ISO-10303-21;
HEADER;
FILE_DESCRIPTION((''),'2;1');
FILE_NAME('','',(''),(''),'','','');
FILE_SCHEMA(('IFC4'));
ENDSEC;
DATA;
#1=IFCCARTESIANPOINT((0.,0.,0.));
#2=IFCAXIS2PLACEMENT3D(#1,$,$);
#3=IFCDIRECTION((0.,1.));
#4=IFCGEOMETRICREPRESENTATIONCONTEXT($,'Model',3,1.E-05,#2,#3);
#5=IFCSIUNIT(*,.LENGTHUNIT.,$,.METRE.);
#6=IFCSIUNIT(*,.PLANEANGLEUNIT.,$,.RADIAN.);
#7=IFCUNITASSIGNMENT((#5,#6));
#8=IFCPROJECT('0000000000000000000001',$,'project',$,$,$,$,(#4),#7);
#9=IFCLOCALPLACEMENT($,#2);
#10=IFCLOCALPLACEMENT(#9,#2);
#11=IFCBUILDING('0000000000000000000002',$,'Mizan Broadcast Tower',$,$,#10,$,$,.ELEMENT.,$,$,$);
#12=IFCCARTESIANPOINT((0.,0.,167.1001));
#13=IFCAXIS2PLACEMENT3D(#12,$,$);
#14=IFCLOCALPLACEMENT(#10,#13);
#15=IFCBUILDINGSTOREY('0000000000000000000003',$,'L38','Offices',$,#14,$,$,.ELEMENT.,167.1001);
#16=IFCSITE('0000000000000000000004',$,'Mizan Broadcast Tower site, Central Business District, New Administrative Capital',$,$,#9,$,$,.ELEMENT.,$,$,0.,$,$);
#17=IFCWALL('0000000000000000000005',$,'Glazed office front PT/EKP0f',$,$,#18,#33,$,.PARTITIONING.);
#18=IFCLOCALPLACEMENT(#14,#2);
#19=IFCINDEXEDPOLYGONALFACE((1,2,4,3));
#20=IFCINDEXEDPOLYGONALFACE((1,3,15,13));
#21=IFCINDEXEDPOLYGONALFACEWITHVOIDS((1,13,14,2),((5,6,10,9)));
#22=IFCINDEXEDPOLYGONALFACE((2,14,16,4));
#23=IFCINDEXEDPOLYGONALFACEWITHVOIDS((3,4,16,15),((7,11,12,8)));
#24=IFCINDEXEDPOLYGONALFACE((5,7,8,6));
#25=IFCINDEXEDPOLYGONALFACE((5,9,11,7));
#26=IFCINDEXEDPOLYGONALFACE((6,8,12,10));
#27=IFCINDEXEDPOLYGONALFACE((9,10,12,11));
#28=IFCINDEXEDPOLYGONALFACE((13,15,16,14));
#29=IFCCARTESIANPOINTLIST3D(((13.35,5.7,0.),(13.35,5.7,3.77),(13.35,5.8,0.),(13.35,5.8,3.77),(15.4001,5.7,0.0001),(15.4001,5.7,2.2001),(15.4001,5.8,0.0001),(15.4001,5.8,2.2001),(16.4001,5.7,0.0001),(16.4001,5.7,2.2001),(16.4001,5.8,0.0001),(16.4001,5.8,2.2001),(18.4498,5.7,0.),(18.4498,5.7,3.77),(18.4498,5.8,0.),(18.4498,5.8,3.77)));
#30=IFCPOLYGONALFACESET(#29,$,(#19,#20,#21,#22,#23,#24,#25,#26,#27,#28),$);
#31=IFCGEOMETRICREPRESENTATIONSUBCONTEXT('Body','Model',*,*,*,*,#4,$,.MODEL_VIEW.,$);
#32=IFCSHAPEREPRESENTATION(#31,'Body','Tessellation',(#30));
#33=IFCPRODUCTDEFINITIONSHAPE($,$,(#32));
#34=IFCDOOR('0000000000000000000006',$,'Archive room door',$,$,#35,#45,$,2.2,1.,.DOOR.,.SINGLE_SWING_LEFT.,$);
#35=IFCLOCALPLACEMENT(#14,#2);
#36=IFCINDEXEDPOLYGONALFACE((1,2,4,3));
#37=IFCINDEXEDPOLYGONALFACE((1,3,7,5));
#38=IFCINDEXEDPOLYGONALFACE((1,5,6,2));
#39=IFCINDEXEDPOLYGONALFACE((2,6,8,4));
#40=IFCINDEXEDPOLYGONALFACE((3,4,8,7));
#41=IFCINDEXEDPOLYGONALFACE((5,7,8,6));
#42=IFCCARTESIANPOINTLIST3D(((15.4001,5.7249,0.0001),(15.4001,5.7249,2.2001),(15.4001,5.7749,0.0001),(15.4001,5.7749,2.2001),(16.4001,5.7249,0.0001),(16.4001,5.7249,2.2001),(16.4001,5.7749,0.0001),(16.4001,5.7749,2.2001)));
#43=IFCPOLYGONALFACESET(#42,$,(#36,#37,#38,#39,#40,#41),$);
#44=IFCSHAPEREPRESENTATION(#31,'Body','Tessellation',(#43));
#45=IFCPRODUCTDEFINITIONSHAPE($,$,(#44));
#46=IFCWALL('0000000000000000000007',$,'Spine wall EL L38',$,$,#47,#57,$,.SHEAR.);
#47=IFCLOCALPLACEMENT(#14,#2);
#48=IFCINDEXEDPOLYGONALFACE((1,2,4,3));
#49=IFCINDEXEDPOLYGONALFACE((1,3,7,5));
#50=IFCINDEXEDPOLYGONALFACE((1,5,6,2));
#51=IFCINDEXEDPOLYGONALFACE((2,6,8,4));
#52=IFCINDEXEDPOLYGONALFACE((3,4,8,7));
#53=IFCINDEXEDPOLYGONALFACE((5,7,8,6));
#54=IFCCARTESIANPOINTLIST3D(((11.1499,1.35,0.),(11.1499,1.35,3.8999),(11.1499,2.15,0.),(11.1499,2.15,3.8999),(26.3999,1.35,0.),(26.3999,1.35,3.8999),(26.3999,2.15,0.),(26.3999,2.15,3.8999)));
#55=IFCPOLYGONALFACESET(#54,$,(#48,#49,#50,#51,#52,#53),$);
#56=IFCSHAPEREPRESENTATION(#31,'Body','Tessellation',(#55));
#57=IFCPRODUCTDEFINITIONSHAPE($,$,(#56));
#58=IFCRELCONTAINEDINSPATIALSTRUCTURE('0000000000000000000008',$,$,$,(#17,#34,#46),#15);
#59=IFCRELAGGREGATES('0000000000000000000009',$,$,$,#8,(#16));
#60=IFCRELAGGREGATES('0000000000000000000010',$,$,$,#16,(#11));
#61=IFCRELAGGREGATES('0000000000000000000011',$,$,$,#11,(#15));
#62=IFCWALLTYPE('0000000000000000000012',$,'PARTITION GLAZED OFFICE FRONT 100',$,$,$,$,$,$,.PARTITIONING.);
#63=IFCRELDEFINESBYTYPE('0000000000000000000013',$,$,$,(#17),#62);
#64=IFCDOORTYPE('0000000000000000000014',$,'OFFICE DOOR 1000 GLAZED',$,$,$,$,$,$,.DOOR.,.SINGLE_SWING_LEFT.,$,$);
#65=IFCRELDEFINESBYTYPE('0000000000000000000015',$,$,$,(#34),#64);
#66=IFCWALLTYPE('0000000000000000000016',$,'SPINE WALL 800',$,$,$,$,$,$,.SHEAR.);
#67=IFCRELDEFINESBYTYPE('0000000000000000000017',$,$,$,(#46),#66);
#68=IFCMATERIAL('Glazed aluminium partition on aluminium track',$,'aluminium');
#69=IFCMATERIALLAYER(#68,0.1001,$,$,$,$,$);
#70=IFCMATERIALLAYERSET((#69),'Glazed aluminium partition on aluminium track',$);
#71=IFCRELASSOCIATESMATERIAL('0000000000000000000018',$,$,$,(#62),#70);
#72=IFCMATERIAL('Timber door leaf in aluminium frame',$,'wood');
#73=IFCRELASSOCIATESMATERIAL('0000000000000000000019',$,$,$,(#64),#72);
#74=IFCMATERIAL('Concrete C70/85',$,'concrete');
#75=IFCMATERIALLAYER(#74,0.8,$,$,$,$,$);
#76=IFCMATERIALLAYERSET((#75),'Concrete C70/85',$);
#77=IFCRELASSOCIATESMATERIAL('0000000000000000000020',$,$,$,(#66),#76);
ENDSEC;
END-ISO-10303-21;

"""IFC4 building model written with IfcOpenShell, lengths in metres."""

from ifc_helpers import new_model, si_unit, direction, frame, frame_2d, origin, place, context, subcontext, project, spatial, rectangle, extrude, material, layer, layer_set, type_object, element, fill, save


model = new_model("IFC4")

# Units and contexts
model_context = context("Model", 3, precision=1e-05, world=origin(), true_north=direction((0.0, 1.0)))
body_context = subcontext(model_context, "Body", "Model", "MODEL_VIEW")
ifc_project = project(units=[si_unit("LENGTHUNIT", "METRE"), si_unit("PLANEANGLEUNIT", "RADIAN")], contexts=[model_context])

# Site, building, storey
site_placement = place(None, origin())
site = spatial("IfcSite", under=ifc_project, at=site_placement, Name="Mizan Broadcast Tower site, Central Business District, New Administrative Capital", CompositionType="ELEMENT", RefElevation=0.0)
building_placement = place(site_placement, origin())
building = spatial("IfcBuilding", under=site, at=building_placement, Name="Mizan Broadcast Tower", CompositionType="ELEMENT")
storey_placement = place(building_placement, frame((0.0, 0.0, 167.1001)))
storey = spatial("IfcBuildingStorey", under=building, at=storey_placement, Name="L38", Description="Offices", CompositionType="ELEMENT", Elevation=167.1001)

# Shared definitions
ifc_material_1 = material(Name="Glazed aluminium partition on aluminium track", Category="aluminium")
ifc_layer_1 = layer(ifc_material_1, 0.1001)
ifc_layer_set_1 = layer_set([ifc_layer_1], Name="Glazed aluminium partition on aluminium track")
wall_type_1 = type_object("IfcWallType", Name="PARTITION GLAZED OFFICE FRONT 100", PredefinedType="PARTITIONING", material=ifc_layer_set_1)

# Wall, opening, door
wall_1_placement = place(storey_placement, frame((13.3501, 5.75, 0.0), z_axis=(0.0, 0.0, 1.0), x_axis=(1.0, 0.0, 0.0)))
wall_1 = element("IfcWall", 1, at=wall_1_placement, inside=storey, type_object=wall_type_1, Name="Glazed office front PT/EKP0f", PredefinedType="PARTITIONING", context=body_context, shape_type="SweptSolid", body=[
    extrude(rectangle(XDim=5.0999, YDim=0.1001, at=frame_2d((2.5498, 0.0))), origin(), (0.0, 0.0, 1.0), 3.77),
])
opening_1_placement = place(wall_1_placement, frame((2.05, 0.0, 0.0)))
opening_1 = element("IfcOpeningElement", 2, at=opening_1_placement, cuts=wall_1, PredefinedType="OPENING", context=body_context, shape_type="SweptSolid", body=[
    extrude(rectangle(XDim=1.0, YDim=2.2, at=frame_2d((0.5, 1.1001))), frame((0.0, 0.0601, 0.0), z_axis=(0.0, -1.0, 0.0), x_axis=(1.0, 0.0, 0.0)), (0.0, 0.0, 1.0), 0.1201),
])
ifc_material_2 = material(Name="Timber door leaf in aluminium frame", Category="wood")
door_type_1 = type_object("IfcDoorType", Name="OFFICE DOOR 1000 GLAZED", OperationType="SINGLE_SWING_LEFT", PredefinedType="DOOR", material=ifc_material_2)
door_1_placement = place(opening_1_placement, origin())
door_1 = element("IfcDoor", 3, at=door_1_placement, inside=storey, type_object=door_type_1, Name="Archive room door", OperationType="SINGLE_SWING_LEFT", OverallHeight=2.2, OverallWidth=1.0, PredefinedType="DOOR", context=body_context, shape_type="SweptSolid", body=[
    extrude(rectangle(XDim=1.0, YDim=2.2, at=frame_2d((0.5, 1.1001))), frame((0.0, 0.0249, 0.0), z_axis=(0.0, -1.0, 0.0), x_axis=(1.0, 0.0, 0.0)), (0.0, 0.0, 1.0), 0.05),
])
fill(opening_1, door_1)

# Wall
ifc_material_3 = material(Name="Concrete C70/85", Category="concrete")
ifc_layer_2 = layer(ifc_material_3, 0.8)
ifc_layer_set_2 = layer_set([ifc_layer_2], Name="Concrete C70/85")
wall_type_2 = type_object("IfcWallType", Name="SPINE WALL 800", PredefinedType="SHEAR", material=ifc_layer_set_2)
wall_2_placement = place(storey_placement, frame((11.1499, 1.75, 0.0), z_axis=(0.0, 0.0, 1.0), x_axis=(1.0, 0.0, 0.0)))
element("IfcWall", 4, at=wall_2_placement, inside=storey, type_object=wall_type_2, Name="Spine wall EL L38", PredefinedType="SHEAR", context=body_context, shape_type="SweptSolid", body=[
    extrude(rectangle(XDim=15.25, YDim=0.8, at=frame_2d((7.625, 0.0))), origin(), (0.0, 0.0, 1.0), 3.8999),
])

save(model, "model.ifc")
